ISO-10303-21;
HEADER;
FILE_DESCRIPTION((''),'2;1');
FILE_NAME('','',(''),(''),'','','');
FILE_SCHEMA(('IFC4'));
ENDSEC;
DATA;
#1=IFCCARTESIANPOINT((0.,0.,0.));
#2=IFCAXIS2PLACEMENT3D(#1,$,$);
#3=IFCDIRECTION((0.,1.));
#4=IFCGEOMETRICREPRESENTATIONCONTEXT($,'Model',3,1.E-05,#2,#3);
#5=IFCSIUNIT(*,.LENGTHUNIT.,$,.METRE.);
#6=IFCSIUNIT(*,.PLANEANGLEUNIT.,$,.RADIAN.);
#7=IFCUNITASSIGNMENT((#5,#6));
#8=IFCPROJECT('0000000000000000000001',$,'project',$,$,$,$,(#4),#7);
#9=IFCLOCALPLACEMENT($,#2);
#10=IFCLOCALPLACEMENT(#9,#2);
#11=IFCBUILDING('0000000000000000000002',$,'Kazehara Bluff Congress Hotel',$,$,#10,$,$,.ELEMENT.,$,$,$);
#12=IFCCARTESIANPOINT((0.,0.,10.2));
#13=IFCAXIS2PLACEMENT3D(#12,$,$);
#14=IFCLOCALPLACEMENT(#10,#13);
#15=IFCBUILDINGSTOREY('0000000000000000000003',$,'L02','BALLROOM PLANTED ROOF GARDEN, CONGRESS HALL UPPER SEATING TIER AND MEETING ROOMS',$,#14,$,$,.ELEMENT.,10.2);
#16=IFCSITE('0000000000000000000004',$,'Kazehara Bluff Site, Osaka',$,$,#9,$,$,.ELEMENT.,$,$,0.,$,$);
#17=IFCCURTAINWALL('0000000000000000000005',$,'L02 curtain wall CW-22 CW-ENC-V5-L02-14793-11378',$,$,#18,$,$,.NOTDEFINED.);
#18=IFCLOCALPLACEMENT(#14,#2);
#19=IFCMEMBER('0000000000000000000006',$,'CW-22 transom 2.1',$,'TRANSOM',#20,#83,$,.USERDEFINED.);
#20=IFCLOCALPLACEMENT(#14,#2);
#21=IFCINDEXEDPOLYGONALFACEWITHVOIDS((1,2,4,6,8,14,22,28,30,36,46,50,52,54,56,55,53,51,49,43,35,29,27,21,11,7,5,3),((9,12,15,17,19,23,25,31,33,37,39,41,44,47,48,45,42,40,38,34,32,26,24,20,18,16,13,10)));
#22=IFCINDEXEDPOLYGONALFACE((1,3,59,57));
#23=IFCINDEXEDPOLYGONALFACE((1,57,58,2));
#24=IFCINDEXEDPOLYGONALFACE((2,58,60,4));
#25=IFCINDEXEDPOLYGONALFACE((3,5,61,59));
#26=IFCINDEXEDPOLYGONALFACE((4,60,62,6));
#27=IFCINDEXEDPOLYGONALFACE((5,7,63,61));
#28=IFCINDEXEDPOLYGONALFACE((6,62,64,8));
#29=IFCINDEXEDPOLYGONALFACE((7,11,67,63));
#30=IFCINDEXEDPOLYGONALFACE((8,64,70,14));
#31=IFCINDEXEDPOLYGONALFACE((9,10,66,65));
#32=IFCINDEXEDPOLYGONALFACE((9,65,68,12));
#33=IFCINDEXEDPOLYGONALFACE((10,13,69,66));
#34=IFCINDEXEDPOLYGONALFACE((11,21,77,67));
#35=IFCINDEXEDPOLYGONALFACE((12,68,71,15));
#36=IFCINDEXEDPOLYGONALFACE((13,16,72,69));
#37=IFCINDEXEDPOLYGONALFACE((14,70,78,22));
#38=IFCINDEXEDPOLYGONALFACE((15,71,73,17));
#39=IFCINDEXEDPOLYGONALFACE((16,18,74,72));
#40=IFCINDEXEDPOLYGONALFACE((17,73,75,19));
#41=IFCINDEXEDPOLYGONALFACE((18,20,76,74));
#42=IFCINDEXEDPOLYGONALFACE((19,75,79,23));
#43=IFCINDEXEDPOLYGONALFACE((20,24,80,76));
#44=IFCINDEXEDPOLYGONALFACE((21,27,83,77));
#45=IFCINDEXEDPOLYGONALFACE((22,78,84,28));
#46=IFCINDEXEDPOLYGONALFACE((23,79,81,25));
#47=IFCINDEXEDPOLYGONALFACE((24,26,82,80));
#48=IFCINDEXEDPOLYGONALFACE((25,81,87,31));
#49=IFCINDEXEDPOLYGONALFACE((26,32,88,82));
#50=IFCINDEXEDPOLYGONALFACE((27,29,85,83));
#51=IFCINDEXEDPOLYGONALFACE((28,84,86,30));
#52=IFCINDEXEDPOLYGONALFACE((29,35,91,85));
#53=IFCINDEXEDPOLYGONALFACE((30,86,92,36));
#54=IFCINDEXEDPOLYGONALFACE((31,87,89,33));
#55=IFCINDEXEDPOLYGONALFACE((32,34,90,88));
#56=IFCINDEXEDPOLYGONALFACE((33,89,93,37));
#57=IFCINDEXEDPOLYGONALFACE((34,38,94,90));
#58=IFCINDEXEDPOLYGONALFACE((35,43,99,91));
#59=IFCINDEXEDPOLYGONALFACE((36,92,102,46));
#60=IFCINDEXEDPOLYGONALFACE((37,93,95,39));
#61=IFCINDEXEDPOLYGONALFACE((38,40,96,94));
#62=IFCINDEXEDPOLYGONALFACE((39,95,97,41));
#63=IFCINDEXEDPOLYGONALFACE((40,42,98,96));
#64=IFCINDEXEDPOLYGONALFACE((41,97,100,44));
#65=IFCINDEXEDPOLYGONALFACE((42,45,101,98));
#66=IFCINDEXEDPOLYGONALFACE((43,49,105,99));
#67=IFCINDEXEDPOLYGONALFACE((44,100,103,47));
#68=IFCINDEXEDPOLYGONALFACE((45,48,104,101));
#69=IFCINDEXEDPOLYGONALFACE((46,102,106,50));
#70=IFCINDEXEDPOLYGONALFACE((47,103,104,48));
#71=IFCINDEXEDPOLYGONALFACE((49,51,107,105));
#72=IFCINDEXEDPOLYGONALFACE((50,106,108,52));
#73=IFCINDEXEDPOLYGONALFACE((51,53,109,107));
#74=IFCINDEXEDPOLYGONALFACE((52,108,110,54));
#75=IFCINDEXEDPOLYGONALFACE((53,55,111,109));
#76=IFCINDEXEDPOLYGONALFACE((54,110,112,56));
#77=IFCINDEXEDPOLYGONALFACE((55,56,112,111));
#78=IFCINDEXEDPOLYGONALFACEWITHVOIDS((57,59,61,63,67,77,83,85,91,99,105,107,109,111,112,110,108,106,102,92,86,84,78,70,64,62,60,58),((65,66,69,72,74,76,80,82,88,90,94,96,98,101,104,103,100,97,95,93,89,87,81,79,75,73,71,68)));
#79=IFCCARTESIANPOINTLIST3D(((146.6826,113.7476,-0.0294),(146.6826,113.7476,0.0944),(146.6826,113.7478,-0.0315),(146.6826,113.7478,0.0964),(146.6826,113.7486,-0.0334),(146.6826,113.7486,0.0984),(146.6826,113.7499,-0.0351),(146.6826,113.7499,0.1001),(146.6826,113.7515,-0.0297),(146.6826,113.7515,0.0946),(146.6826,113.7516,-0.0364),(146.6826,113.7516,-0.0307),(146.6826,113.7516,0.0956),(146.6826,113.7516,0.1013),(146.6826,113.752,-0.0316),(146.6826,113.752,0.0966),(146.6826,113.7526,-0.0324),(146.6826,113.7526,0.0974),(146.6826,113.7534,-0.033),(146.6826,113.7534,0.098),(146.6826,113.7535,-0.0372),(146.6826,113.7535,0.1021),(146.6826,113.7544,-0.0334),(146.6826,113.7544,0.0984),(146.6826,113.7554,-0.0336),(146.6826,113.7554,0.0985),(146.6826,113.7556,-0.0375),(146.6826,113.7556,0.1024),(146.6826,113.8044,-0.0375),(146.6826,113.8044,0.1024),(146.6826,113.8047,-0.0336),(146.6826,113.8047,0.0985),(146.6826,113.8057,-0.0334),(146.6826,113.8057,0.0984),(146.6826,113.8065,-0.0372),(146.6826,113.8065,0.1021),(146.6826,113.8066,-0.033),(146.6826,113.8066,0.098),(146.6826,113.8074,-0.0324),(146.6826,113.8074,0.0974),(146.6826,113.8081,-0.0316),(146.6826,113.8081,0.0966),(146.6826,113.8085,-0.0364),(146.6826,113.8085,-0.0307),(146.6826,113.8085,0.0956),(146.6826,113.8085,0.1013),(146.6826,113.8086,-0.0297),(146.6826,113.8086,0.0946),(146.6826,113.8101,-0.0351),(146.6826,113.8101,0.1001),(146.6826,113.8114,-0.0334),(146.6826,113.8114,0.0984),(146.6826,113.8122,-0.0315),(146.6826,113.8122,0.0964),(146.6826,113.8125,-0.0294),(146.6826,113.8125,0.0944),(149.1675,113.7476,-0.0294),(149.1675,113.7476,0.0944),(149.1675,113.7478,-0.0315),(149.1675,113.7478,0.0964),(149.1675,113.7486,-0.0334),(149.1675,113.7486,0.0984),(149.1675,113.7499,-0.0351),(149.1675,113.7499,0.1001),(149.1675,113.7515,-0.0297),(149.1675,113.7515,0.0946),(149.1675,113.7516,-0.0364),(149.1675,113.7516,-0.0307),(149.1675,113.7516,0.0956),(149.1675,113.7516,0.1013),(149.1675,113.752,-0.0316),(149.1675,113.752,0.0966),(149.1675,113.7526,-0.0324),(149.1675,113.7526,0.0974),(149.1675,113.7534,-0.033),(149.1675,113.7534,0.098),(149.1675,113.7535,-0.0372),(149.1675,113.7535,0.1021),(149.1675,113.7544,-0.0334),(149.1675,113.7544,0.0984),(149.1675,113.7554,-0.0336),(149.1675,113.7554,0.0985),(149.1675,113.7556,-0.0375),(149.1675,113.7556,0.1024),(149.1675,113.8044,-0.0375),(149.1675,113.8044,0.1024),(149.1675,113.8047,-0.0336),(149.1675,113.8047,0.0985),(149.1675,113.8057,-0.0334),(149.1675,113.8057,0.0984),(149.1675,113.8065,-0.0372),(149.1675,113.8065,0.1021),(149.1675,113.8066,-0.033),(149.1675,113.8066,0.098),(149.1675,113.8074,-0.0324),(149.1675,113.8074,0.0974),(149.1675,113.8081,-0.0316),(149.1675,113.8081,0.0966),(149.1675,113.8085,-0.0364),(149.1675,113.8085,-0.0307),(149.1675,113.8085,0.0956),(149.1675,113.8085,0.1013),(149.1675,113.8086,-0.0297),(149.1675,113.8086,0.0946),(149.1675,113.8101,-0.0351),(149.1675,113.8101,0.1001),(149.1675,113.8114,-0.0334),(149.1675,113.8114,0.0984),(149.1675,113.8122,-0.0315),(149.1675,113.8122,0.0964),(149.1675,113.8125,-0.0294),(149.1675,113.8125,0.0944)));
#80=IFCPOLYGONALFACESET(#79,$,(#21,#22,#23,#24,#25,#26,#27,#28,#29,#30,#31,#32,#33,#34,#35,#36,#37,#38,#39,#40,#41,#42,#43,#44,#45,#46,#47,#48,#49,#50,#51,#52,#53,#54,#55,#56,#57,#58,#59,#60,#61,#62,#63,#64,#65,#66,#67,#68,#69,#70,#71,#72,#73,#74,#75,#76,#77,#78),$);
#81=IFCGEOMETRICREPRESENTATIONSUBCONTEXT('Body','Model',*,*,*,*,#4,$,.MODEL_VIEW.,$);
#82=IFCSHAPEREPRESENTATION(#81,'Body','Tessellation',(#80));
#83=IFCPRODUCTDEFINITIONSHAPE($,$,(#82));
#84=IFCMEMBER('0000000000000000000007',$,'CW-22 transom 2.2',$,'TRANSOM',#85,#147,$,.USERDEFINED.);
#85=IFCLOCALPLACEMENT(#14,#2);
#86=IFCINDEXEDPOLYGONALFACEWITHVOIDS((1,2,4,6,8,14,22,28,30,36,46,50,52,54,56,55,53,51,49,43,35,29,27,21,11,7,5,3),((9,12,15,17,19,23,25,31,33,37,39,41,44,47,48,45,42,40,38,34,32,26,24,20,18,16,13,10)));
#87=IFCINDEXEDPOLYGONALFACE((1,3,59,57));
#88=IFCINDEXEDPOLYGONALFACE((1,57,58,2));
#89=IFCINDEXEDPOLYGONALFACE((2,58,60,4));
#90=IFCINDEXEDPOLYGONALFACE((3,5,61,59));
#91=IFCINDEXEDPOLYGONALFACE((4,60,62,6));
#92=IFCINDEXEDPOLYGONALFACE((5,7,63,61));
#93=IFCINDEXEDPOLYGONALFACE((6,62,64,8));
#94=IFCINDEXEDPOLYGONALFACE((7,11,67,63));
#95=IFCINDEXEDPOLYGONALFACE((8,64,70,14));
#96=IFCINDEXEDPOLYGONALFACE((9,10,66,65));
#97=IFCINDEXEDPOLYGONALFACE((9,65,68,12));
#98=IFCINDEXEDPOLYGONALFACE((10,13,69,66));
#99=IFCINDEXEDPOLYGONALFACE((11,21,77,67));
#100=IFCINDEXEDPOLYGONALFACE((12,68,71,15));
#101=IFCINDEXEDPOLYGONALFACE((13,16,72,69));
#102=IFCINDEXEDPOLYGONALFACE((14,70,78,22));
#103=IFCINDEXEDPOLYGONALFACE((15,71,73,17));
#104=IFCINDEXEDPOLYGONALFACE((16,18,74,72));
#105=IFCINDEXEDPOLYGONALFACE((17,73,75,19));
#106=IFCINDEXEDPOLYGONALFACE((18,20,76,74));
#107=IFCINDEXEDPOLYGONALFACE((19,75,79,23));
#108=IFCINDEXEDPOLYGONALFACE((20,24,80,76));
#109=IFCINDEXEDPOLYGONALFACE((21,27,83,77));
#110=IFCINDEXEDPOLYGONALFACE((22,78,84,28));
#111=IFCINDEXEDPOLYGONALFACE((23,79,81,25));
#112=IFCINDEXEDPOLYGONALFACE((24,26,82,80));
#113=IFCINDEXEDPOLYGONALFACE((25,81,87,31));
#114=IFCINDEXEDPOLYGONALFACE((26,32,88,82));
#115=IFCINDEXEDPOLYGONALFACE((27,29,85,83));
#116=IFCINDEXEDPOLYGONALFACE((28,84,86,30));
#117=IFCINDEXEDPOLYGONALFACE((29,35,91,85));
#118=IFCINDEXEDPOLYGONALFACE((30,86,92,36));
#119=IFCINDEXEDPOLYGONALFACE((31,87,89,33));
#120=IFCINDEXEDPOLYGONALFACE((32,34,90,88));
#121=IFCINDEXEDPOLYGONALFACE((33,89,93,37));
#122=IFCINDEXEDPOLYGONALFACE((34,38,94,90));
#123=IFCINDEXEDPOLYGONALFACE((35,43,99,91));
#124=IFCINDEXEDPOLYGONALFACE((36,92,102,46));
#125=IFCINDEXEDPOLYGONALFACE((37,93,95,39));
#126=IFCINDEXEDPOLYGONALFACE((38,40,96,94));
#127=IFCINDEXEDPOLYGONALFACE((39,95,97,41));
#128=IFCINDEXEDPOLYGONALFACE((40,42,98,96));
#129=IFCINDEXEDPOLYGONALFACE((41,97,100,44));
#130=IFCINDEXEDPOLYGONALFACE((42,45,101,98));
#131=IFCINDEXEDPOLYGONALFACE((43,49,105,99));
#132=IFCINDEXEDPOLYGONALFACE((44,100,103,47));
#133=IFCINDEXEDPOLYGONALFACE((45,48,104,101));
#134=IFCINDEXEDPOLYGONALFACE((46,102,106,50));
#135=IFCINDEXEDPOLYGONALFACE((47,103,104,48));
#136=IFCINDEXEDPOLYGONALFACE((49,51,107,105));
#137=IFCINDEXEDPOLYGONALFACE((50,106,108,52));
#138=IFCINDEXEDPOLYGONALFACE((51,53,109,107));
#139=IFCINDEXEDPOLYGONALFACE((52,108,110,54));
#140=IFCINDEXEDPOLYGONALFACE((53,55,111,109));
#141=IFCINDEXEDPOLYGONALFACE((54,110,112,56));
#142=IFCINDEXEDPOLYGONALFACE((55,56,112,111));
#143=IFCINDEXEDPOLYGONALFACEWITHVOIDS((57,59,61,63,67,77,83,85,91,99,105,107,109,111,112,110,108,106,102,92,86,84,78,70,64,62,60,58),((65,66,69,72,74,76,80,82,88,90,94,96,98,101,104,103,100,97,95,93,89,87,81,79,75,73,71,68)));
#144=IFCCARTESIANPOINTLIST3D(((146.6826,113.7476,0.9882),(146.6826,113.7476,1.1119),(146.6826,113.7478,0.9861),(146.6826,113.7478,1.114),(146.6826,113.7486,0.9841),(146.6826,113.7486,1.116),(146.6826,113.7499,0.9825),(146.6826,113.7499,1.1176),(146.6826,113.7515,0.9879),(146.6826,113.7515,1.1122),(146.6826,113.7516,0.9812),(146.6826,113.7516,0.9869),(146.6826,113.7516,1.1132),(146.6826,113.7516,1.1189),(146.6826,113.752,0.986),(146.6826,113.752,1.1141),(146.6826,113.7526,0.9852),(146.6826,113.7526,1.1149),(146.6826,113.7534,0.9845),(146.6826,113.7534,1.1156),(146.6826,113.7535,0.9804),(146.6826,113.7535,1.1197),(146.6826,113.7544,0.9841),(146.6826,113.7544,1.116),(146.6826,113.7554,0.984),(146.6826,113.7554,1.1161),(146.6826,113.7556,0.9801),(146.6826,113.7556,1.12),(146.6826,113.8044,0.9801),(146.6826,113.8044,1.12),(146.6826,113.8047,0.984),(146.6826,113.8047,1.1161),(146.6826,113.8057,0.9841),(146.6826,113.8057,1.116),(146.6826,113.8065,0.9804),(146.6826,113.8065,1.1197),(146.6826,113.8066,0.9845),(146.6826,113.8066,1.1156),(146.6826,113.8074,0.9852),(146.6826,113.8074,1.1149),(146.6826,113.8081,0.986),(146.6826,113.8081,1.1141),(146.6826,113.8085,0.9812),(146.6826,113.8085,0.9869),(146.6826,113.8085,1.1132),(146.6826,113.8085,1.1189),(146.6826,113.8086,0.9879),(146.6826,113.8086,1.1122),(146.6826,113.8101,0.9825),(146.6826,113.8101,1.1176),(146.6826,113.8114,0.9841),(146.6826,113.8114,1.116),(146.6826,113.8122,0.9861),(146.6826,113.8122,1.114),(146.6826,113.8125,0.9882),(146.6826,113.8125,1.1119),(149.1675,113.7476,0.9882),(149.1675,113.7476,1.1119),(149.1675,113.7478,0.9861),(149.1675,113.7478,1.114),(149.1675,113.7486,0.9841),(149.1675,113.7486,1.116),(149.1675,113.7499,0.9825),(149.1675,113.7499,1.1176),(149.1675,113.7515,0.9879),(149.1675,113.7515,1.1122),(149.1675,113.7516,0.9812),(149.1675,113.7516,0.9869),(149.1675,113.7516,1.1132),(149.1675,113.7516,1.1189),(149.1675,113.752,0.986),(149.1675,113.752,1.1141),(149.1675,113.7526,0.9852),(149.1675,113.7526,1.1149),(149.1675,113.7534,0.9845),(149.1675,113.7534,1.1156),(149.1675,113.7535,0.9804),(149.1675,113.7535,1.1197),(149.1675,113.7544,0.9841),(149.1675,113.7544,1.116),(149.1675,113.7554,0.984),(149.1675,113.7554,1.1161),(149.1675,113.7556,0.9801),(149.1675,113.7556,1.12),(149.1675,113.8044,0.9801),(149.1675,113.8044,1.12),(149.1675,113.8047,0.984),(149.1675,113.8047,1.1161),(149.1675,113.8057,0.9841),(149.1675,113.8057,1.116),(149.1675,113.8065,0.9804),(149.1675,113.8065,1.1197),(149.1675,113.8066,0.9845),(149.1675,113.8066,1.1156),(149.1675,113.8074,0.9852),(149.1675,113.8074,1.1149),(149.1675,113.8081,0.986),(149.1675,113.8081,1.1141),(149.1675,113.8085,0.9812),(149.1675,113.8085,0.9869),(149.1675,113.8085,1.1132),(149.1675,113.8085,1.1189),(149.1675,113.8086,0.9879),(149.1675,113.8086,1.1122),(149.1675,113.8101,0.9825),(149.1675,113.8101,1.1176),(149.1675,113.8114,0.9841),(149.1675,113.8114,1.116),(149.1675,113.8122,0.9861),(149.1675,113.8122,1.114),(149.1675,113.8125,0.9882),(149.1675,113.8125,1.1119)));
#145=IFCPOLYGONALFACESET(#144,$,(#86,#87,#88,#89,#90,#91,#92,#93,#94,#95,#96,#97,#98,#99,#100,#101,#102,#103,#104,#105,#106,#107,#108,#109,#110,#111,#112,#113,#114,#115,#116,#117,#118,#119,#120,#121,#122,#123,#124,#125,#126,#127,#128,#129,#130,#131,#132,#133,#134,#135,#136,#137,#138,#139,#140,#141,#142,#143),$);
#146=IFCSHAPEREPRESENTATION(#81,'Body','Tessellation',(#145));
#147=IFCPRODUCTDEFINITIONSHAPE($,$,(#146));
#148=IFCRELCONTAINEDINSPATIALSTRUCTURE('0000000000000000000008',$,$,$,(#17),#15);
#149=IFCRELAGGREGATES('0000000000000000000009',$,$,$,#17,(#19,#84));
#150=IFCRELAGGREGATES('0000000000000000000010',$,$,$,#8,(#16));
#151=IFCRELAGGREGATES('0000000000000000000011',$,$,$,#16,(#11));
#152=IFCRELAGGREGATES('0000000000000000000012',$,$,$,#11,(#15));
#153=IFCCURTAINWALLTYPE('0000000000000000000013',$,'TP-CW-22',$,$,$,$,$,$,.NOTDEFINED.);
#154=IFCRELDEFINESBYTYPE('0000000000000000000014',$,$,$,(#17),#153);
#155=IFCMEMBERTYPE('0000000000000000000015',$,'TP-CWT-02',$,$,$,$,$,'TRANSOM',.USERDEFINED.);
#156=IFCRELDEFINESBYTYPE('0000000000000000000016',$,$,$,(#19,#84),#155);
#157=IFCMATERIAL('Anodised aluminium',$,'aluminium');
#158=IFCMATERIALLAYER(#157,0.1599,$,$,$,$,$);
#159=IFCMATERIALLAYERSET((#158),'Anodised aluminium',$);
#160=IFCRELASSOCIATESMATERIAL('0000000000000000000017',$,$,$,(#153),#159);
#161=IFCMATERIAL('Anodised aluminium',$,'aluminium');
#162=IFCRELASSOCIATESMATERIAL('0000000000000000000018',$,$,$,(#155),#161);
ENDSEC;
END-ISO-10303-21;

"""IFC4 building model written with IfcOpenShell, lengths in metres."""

from ifc_helpers import new_model, si_unit, direction, frame, origin, origin_2d, place, context, subcontext, project, spatial, hollow_rectangle, extrude, material, layer, layer_set, material_profile, profile_set, type_object, element, aggregate, save


model = new_model("IFC4")

# Units and contexts
model_context = context("Model", 3, precision=1e-05, world=origin(), true_north=direction((0.0, 1.0)))
body_context = subcontext(model_context, "Body", "Model", "MODEL_VIEW")
ifc_project = project(units=[si_unit("LENGTHUNIT", "METRE"), si_unit("PLANEANGLEUNIT", "RADIAN")], contexts=[model_context])

# Site, building, storey
site_placement = place(None, origin())
site = spatial("IfcSite", under=ifc_project, at=site_placement, Name="Kazehara Bluff Site, Osaka", CompositionType="ELEMENT", RefElevation=0.0)
building_placement = place(site_placement, origin())
building = spatial("IfcBuilding", under=site, at=building_placement, Name="Kazehara Bluff Congress Hotel", CompositionType="ELEMENT")
storey_placement = place(building_placement, frame((0.0, 0.0, 10.2)))
storey = spatial("IfcBuildingStorey", under=building, at=storey_placement, Name="L02", Description="BALLROOM PLANTED ROOF GARDEN, CONGRESS HALL UPPER SEATING TIER AND MEETING ROOMS", CompositionType="ELEMENT", Elevation=10.2)

# Curtain wall
ifc_material_1 = material(Name="Anodised aluminium", Category="aluminium")
ifc_layer_1 = layer(ifc_material_1, 0.1599)
ifc_layer_set_1 = layer_set([ifc_layer_1], Name="Anodised aluminium")
curtain_wall_type_1 = type_object("IfcCurtainWallType", Name="TP-CW-22", PredefinedType="NOTDEFINED", material=ifc_layer_set_1)
curtain_wall_1_placement = place(storey_placement, origin())
curtain_wall_1 = element("IfcCurtainWall", 1, at=curtain_wall_1_placement, inside=storey, type_object=curtain_wall_type_1, Name="L02 curtain wall CW-22 CW-ENC-V5-L02-14793-11378", PredefinedType="NOTDEFINED")

# Members
ifc_material_2 = material(Name="Anodised aluminium", Category="aluminium")
ifc_material_profile_1 = material_profile(ifc_material_2, hollow_rectangle(XDim=0.0649, YDim=0.1399, WallThickness=0.0039, InnerFilletRadius=0.0039, OuterFilletRadius=0.0081, at=origin_2d()))
ifc_profile_set_1 = profile_set([ifc_material_profile_1], Name="Anodised aluminium")
member_type_1 = type_object("IfcMemberType", Name="TP-CWT-02", ElementType="TRANSOM", PredefinedType="USERDEFINED", material=ifc_profile_set_1)
member_1_placement = place(storey_placement, frame((146.6826, 113.78, 0.0325), z_axis=(1.0, 0.0, 0.0), x_axis=(0.0, 1.0, 0.0)))
member_1 = element("IfcMember", 2, at=member_1_placement, type_object=member_type_1, Name="CW-22 transom 2.1", ObjectType="TRANSOM", PredefinedType="USERDEFINED", context=body_context, shape_type="SweptSolid", body=[
    extrude(hollow_rectangle(XDim=0.0649, YDim=0.1399, WallThickness=0.0039, InnerFilletRadius=0.0039, OuterFilletRadius=0.0081, at=origin_2d()), origin(), (0.0, 0.0, 1.0), 2.4849),
])
member_2_placement = place(storey_placement, frame((146.6826, 113.78, 1.05), z_axis=(1.0, 0.0, 0.0), x_axis=(0.0, 1.0, 0.0)))
member_2 = element("IfcMember", 3, at=member_2_placement, type_object=member_type_1, Name="CW-22 transom 2.2", ObjectType="TRANSOM", PredefinedType="USERDEFINED", context=body_context, shape_type="SweptSolid", body=[
    extrude(hollow_rectangle(XDim=0.0649, YDim=0.1399, WallThickness=0.0039, InnerFilletRadius=0.0039, OuterFilletRadius=0.0081, at=origin_2d()), origin(), (0.0, 0.0, 1.0), 2.4849),
])

aggregate(curtain_wall_1, [member_1, member_2])

save(model, "model.ifc")
